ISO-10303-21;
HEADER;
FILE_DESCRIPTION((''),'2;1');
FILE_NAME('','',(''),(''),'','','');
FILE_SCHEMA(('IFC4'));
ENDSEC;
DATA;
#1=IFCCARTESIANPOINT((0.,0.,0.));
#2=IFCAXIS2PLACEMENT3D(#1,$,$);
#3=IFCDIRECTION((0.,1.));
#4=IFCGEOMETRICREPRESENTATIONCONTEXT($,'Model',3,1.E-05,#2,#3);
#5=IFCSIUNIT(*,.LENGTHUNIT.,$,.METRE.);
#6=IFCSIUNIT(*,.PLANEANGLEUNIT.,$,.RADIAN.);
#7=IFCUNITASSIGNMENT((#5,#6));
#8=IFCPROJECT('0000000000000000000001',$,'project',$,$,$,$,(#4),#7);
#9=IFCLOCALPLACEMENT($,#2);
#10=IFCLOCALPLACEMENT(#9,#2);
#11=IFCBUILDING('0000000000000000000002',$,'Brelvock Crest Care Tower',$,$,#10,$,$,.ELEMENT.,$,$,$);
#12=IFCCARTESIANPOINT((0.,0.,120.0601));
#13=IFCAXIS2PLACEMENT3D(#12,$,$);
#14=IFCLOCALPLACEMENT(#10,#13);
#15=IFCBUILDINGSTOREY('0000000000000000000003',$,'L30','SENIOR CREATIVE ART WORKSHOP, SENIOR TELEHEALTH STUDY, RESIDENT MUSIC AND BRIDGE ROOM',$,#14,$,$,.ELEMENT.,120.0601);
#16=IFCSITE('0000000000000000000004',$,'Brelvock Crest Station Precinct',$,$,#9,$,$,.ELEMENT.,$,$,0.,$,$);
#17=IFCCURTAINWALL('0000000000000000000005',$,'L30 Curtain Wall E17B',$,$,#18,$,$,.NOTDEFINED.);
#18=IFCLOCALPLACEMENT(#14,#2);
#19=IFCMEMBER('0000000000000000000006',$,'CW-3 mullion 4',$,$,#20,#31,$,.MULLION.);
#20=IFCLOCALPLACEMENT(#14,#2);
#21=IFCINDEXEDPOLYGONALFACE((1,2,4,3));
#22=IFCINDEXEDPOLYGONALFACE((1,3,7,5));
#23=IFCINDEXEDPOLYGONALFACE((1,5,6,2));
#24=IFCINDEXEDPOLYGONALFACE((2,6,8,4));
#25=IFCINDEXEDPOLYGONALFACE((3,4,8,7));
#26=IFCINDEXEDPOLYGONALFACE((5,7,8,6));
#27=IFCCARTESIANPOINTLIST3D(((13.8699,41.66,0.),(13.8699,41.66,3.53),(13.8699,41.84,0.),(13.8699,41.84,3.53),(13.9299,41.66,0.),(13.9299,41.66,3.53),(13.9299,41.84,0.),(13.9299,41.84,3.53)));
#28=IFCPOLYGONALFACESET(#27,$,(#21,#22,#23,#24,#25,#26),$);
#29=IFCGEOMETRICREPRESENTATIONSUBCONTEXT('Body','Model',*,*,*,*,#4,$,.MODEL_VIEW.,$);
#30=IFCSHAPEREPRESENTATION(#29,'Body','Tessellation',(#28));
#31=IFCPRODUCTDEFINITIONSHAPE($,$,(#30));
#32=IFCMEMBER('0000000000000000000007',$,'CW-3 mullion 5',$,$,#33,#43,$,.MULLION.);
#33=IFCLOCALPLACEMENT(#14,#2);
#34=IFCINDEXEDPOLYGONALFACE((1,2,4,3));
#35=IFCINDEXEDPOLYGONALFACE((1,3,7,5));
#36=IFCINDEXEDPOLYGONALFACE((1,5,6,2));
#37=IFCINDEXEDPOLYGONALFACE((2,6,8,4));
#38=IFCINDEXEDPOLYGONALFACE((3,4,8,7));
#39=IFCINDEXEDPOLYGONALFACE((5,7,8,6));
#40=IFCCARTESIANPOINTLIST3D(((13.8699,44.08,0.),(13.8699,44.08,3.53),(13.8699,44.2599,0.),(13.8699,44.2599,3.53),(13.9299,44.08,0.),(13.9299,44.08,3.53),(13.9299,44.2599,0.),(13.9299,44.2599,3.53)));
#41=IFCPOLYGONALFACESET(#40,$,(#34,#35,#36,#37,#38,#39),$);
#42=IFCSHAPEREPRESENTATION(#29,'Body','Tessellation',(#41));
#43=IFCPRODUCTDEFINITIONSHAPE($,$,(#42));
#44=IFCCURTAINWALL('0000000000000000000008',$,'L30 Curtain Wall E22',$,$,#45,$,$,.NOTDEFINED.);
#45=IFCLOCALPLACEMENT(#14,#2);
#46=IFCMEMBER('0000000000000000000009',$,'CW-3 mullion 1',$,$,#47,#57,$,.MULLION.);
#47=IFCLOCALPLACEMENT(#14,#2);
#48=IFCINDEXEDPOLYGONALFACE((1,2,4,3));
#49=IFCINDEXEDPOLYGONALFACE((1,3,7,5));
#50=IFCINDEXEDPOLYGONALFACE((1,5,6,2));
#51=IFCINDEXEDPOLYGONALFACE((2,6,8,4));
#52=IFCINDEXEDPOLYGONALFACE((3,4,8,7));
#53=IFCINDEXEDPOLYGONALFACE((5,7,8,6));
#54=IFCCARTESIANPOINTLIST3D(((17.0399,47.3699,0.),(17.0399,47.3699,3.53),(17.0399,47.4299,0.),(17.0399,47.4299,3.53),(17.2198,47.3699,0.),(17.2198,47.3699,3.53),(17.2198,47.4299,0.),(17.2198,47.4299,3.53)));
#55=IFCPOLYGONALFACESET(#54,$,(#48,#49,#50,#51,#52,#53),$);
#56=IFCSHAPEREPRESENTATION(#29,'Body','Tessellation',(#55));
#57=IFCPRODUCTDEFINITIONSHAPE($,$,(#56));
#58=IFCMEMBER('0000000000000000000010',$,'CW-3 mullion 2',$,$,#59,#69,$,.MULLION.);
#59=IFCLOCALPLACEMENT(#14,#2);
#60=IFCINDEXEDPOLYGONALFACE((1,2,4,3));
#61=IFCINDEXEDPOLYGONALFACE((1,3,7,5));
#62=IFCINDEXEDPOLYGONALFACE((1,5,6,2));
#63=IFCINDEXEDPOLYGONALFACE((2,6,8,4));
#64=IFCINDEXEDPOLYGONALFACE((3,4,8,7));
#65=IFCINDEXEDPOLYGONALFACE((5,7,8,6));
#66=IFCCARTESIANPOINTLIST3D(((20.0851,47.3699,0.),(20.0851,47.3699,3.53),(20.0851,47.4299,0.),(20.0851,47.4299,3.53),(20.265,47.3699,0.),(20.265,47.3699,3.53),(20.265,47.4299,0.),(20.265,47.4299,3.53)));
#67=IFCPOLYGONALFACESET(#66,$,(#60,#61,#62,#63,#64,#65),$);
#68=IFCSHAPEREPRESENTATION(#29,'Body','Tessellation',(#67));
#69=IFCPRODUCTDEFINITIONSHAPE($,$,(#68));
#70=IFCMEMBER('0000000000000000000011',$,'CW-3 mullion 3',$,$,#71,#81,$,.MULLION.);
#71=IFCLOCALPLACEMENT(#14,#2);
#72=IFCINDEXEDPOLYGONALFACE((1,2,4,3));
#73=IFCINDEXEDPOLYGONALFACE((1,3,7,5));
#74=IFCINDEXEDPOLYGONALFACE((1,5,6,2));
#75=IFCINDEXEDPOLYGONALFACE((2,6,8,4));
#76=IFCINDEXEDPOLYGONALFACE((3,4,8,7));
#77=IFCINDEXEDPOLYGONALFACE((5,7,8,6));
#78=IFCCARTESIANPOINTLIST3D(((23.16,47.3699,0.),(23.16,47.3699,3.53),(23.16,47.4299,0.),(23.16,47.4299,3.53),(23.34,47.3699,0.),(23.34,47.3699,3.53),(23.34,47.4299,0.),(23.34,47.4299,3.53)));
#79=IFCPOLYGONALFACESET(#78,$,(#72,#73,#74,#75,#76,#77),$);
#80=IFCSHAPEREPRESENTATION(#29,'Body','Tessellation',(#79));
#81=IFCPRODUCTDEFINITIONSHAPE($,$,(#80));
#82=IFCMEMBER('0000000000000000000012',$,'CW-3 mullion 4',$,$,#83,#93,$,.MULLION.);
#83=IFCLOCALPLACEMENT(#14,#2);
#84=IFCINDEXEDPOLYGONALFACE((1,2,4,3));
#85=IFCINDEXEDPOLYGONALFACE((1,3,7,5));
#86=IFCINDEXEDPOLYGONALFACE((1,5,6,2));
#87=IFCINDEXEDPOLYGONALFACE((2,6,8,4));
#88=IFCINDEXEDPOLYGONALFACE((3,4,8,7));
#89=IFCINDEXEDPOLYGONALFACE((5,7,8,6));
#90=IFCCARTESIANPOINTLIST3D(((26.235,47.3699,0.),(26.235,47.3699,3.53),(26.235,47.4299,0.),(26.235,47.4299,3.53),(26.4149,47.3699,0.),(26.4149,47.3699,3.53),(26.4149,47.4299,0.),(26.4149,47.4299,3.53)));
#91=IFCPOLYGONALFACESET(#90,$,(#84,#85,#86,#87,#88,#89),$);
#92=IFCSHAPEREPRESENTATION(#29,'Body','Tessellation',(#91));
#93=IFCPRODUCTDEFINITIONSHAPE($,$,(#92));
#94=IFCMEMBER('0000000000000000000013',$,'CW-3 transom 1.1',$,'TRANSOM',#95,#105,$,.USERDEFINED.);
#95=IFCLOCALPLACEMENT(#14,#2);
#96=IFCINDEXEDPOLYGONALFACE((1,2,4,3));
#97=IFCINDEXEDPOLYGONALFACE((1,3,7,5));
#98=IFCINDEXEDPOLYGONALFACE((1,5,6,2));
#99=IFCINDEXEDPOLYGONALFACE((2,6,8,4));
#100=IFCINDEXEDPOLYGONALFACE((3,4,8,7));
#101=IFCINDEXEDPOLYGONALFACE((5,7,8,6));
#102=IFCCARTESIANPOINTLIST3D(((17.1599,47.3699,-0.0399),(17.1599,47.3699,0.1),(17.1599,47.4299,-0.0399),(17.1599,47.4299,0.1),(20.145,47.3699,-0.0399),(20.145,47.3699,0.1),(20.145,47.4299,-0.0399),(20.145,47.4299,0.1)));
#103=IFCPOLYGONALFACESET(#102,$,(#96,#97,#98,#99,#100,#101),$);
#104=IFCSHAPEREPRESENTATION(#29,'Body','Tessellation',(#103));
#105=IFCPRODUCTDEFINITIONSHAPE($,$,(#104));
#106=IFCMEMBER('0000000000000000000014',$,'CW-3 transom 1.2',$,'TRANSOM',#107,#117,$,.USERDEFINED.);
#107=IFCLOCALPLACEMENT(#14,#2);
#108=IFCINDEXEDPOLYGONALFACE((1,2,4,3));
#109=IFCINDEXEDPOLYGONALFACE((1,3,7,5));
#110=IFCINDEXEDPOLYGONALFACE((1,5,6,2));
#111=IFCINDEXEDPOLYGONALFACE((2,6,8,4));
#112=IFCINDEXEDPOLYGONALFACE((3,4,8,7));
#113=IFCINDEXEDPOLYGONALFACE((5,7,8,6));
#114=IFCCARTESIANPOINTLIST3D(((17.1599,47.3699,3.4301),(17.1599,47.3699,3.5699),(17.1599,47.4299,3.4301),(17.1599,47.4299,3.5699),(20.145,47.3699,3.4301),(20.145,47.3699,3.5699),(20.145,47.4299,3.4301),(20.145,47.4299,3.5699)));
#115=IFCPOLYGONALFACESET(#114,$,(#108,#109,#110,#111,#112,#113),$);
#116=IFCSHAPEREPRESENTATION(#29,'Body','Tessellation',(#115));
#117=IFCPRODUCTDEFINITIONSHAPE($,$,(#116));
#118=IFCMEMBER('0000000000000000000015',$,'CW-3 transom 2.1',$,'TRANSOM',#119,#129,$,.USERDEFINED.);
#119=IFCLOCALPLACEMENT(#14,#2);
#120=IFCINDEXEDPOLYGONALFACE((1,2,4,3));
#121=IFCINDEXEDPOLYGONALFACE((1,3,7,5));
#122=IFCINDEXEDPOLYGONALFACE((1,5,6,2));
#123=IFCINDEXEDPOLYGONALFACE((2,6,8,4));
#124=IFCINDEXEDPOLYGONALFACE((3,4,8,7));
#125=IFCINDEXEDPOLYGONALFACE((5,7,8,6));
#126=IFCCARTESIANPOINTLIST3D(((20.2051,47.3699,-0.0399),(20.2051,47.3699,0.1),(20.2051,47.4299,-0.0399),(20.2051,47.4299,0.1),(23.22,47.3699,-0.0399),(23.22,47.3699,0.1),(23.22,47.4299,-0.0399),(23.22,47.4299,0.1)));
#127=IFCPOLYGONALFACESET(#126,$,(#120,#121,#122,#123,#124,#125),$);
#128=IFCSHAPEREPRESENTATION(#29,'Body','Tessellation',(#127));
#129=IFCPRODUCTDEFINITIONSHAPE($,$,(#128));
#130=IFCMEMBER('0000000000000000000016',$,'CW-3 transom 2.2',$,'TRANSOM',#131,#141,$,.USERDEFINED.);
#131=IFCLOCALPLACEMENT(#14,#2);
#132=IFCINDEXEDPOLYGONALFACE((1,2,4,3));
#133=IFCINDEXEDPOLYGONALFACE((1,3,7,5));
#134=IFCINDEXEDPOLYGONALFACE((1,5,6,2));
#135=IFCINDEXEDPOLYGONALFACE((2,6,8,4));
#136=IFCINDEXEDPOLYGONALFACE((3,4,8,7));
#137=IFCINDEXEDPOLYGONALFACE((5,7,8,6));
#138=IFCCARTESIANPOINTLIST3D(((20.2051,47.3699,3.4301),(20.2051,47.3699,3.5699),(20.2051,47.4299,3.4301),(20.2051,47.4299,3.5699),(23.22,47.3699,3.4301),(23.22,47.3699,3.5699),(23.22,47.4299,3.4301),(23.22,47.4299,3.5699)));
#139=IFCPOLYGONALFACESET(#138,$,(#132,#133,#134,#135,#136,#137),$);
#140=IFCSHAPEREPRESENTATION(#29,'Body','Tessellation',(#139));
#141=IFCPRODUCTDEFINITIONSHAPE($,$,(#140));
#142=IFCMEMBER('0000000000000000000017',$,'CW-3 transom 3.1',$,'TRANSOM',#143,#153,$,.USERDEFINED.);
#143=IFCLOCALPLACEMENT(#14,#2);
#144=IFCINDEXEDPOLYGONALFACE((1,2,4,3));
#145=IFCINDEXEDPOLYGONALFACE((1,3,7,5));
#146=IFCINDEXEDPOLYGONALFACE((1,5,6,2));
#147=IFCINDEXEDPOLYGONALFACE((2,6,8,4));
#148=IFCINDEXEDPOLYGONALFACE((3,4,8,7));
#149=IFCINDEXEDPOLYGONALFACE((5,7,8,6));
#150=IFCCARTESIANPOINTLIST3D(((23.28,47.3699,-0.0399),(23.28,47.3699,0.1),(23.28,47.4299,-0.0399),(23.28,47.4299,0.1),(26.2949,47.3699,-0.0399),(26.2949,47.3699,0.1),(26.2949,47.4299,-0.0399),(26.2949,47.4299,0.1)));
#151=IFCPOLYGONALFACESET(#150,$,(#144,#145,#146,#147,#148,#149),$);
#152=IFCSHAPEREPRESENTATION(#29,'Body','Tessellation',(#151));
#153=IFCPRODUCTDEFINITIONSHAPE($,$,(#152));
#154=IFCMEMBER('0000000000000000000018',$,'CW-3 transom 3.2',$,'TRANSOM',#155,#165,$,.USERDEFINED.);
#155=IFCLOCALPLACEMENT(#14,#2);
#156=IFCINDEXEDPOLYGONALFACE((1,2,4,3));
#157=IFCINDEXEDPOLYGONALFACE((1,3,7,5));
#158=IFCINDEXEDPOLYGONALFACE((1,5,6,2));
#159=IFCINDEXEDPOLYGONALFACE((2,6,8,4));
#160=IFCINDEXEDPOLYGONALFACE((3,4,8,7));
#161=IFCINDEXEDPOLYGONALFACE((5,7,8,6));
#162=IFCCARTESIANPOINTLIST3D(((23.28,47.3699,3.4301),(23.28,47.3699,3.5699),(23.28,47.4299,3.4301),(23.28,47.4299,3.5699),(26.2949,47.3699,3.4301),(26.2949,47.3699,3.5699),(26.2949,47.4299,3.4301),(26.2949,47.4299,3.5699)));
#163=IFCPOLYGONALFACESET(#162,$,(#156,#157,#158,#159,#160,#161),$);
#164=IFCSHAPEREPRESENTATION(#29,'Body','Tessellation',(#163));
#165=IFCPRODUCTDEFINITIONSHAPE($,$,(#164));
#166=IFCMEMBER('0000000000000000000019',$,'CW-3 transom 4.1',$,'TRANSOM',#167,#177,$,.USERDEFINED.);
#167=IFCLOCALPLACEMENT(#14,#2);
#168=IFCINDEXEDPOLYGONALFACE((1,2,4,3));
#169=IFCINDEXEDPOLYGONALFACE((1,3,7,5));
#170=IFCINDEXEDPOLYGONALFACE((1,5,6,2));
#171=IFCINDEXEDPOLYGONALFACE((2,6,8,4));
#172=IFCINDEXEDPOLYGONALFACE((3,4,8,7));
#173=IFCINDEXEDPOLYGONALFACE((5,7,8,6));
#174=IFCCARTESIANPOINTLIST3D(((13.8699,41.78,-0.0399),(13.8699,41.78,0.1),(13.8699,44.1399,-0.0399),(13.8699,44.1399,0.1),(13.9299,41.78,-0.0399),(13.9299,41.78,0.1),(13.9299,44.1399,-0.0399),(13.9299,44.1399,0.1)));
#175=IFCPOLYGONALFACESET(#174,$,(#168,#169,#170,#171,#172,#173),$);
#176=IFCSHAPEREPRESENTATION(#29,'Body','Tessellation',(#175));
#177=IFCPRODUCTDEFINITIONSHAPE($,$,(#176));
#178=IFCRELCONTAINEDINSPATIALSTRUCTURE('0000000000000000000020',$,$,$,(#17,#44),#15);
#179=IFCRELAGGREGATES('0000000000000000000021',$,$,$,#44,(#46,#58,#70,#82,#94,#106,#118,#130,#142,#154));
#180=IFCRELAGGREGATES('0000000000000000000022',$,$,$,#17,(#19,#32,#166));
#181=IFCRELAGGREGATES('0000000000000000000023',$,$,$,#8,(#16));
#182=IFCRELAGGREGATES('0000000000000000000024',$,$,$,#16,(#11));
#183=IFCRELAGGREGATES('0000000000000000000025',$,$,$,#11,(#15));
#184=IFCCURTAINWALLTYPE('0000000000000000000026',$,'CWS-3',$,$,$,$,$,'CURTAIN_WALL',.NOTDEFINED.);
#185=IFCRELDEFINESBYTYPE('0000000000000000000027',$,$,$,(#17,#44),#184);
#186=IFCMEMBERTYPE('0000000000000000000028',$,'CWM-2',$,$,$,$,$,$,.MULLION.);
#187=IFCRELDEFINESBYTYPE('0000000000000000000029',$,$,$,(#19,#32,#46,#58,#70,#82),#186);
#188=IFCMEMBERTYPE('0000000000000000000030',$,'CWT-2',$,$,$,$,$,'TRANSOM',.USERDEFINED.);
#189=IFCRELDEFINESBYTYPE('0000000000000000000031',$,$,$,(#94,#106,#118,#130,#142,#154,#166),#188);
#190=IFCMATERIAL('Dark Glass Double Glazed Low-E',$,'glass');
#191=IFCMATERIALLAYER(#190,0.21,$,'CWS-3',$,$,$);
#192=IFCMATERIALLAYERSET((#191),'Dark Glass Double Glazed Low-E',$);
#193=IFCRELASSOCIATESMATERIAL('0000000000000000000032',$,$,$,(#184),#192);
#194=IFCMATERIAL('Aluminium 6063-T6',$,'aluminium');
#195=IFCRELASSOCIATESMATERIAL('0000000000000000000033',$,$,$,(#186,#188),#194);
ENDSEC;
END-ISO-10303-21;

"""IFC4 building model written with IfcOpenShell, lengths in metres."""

from ifc_helpers import new_model, si_unit, direction, frame, origin, origin_2d, place, context, subcontext, project, spatial, rectangle, extrude, source, transform, mapped, material, layer, layer_set, material_profile, profile_set, type_object, element, aggregate, save


model = new_model("IFC4")

# Units and contexts
model_context = context("Model", 3, precision=1e-05, world=origin(), true_north=direction((0.0, 1.0)))
body_context = subcontext(model_context, "Body", "Model", "MODEL_VIEW")
ifc_project = project(units=[si_unit("LENGTHUNIT", "METRE"), si_unit("PLANEANGLEUNIT", "RADIAN")], contexts=[model_context])

# Site, building, storey
site_placement = place(None, origin())
site = spatial("IfcSite", under=ifc_project, at=site_placement, Name="Brelvock Crest Station Precinct", CompositionType="ELEMENT", RefElevation=0.0)
building_placement = place(site_placement, origin())
building = spatial("IfcBuilding", under=site, at=building_placement, Name="Brelvock Crest Care Tower", CompositionType="ELEMENT")
storey_placement = place(building_placement, frame((0.0, 0.0, 120.0601)))
storey = spatial("IfcBuildingStorey", under=building, at=storey_placement, Name="L30", Description="SENIOR CREATIVE ART WORKSHOP, SENIOR TELEHEALTH STUDY, RESIDENT MUSIC AND BRIDGE ROOM", CompositionType="ELEMENT", Elevation=120.0601)

# Curtain walls, members
ifc_material_1 = material(Name="Dark Glass Double Glazed Low-E", Category="glass")
ifc_layer_1 = layer(ifc_material_1, 0.21, Name="CWS-3")
ifc_layer_set_1 = layer_set([ifc_layer_1], Name="Dark Glass Double Glazed Low-E")
curtain_wall_type = type_object("IfcCurtainWallType", Name="CWS-3", ElementType="CURTAIN_WALL", PredefinedType="NOTDEFINED", material=ifc_layer_set_1)
curtain_wall_1_placement = place(storey_placement, origin())
curtain_wall_1 = element("IfcCurtainWall", 1, at=curtain_wall_1_placement, inside=storey, type_object=curtain_wall_type, Name="L30 Curtain Wall E17B", PredefinedType="NOTDEFINED")
ifc_material_2 = material(Name="Aluminium 6063-T6", Category="aluminium")
ifc_material_profile_1 = material_profile(ifc_material_2, rectangle(XDim=0.0601, YDim=0.1799, at=origin_2d()), Name="ALU60x180")
ifc_profile_set_1 = profile_set([ifc_material_profile_1], Name="Aluminium 6063-T6")
member_type_1 = type_object("IfcMemberType", Name="CWM-2", PredefinedType="MULLION", material=ifc_profile_set_1)
shared_shape_1 = source(origin(), body_context, "Body", "SweptSolid", [
    extrude(rectangle(XDim=0.0601, YDim=0.1799, at=origin_2d()), origin(), (0.0, 0.0, 1.0), 3.53),
])
member_1_placement = place(storey_placement, frame((13.8999, 41.75, 0.0), z_axis=(0.0, 0.0, 1.0), x_axis=(-1.0, 0.0, 0.0)))
member_1 = element("IfcMember", 2, at=member_1_placement, type_object=member_type_1, Name="CW-3 mullion 4", PredefinedType="MULLION", context=body_context, shape_type="MappedRepresentation", body=[
    mapped(shared_shape_1, transform((0.0, 0.0, 0.0), x_axis=(1.0, 0.0, 0.0), y_axis=(0.0, 1.0, 0.0), z_axis=(0.0, 0.0, 1.0), scale=1.0)),
])
member_2_placement = place(storey_placement, frame((13.8999, 44.1699, 0.0), z_axis=(0.0, 0.0, 1.0), x_axis=(-1.0, 0.0, 0.0)))
member_2 = element("IfcMember", 3, at=member_2_placement, type_object=member_type_1, Name="CW-3 mullion 5", PredefinedType="MULLION", context=body_context, shape_type="MappedRepresentation", body=[
    mapped(shared_shape_1, transform((0.0, 0.0, 0.0), x_axis=(1.0, 0.0, 0.0), y_axis=(0.0, 1.0, 0.0), z_axis=(0.0, 0.0, 1.0), scale=1.0)),
])
curtain_wall_2_placement = place(storey_placement, origin())
curtain_wall_2 = element("IfcCurtainWall", 4, at=curtain_wall_2_placement, inside=storey, type_object=curtain_wall_type, Name="L30 Curtain Wall E22", PredefinedType="NOTDEFINED")
member_3_placement = place(storey_placement, frame((17.1299, 47.3999, 0.0), z_axis=(0.0, 0.0, 1.0), x_axis=(0.0, 1.0, 0.0)))
member_3 = element("IfcMember", 5, at=member_3_placement, type_object=member_type_1, Name="CW-3 mullion 1", PredefinedType="MULLION", context=body_context, shape_type="MappedRepresentation", body=[
    mapped(shared_shape_1, transform((0.0, 0.0, 0.0), x_axis=(1.0, 0.0, 0.0), y_axis=(0.0, 1.0, 0.0), z_axis=(0.0, 0.0, 1.0), scale=1.0)),
])
member_4_placement = place(storey_placement, frame((20.175, 47.3999, 0.0), z_axis=(0.0, 0.0, 1.0), x_axis=(0.0, 1.0, 0.0)))
member_4 = element("IfcMember", 6, at=member_4_placement, type_object=member_type_1, Name="CW-3 mullion 2", PredefinedType="MULLION", context=body_context, shape_type="MappedRepresentation", body=[
    mapped(shared_shape_1, transform((0.0, 0.0, 0.0), x_axis=(1.0, 0.0, 0.0), y_axis=(0.0, 1.0, 0.0), z_axis=(0.0, 0.0, 1.0), scale=1.0)),
])
member_5_placement = place(storey_placement, frame((23.25, 47.3999, 0.0), z_axis=(0.0, 0.0, 1.0), x_axis=(0.0, 1.0, 0.0)))
member_5 = element("IfcMember", 7, at=member_5_placement, type_object=member_type_1, Name="CW-3 mullion 3", PredefinedType="MULLION", context=body_context, shape_type="MappedRepresentation", body=[
    mapped(shared_shape_1, transform((0.0, 0.0, 0.0), x_axis=(1.0, 0.0, 0.0), y_axis=(0.0, 1.0, 0.0), z_axis=(0.0, 0.0, 1.0), scale=1.0)),
])
member_6_placement = place(storey_placement, frame((26.325, 47.3999, 0.0), z_axis=(0.0, 0.0, 1.0), x_axis=(0.0, 1.0, 0.0)))
member_6 = element("IfcMember", 8, at=member_6_placement, type_object=member_type_1, Name="CW-3 mullion 4", PredefinedType="MULLION", context=body_context, shape_type="MappedRepresentation", body=[
    mapped(shared_shape_1, transform((0.0, 0.0, 0.0), x_axis=(1.0, 0.0, 0.0), y_axis=(0.0, 1.0, 0.0), z_axis=(0.0, 0.0, 1.0), scale=1.0)),
])
ifc_material_profile_2 = material_profile(ifc_material_2, rectangle(XDim=0.0601, YDim=0.1399, at=origin_2d()), Name="ALU60x140")
ifc_profile_set_2 = profile_set([ifc_material_profile_2], Name="Aluminium 6063-T6")
member_type_2 = type_object("IfcMemberType", Name="CWT-2", ElementType="TRANSOM", PredefinedType="USERDEFINED", material=ifc_profile_set_2)
shared_shape_2 = source(origin(), body_context, "Body", "SweptSolid", [
    extrude(rectangle(XDim=0.0601, YDim=0.1399, at=origin_2d()), origin(), (0.0, 0.0, 1.0), 2.9851),
])
member_7_placement = place(storey_placement, frame((17.1599, 47.3999, 0.03), z_axis=(1.0, 0.0, 0.0), x_axis=(0.0, 1.0, 0.0)))
member_7 = element("IfcMember", 9, at=member_7_placement, type_object=member_type_2, Name="CW-3 transom 1.1", ObjectType="TRANSOM", PredefinedType="USERDEFINED", context=body_context, shape_type="MappedRepresentation", body=[
    mapped(shared_shape_2, transform((0.0, 0.0, 0.0), x_axis=(1.0, 0.0, 0.0), y_axis=(0.0, 1.0, 0.0), z_axis=(0.0, 0.0, 1.0), scale=1.0)),
])
member_8_placement = place(storey_placement, frame((17.1599, 47.3999, 3.5), z_axis=(1.0, 0.0, 0.0), x_axis=(0.0, 1.0, 0.0)))
member_8 = element("IfcMember", 10, at=member_8_placement, type_object=member_type_2, Name="CW-3 transom 1.2", ObjectType="TRANSOM", PredefinedType="USERDEFINED", context=body_context, shape_type="MappedRepresentation", body=[
    mapped(shared_shape_2, transform((0.0, 0.0, 0.0), x_axis=(1.0, 0.0, 0.0), y_axis=(0.0, 1.0, 0.0), z_axis=(0.0, 0.0, 1.0), scale=1.0)),
])
shared_shape_3 = source(origin(), body_context, "Body", "SweptSolid", [
    extrude(rectangle(XDim=0.0601, YDim=0.1399, at=origin_2d()), origin(), (0.0, 0.0, 1.0), 3.0149),
])
member_9_placement = place(storey_placement, frame((20.2051, 47.3999, 0.03), z_axis=(1.0, 0.0, 0.0), x_axis=(0.0, 1.0, 0.0)))
member_9 = element("IfcMember", 11, at=member_9_placement, type_object=member_type_2, Name="CW-3 transom 2.1", ObjectType="TRANSOM", PredefinedType="USERDEFINED", context=body_context, shape_type="MappedRepresentation", body=[
    mapped(shared_shape_3, transform((0.0, 0.0, 0.0), x_axis=(1.0, 0.0, 0.0), y_axis=(0.0, 1.0, 0.0), z_axis=(0.0, 0.0, 1.0), scale=1.0)),
])
member_10_placement = place(storey_placement, frame((20.2051, 47.3999, 3.5), z_axis=(1.0, 0.0, 0.0), x_axis=(0.0, 1.0, 0.0)))
member_10 = element("IfcMember", 12, at=member_10_placement, type_object=member_type_2, Name="CW-3 transom 2.2", ObjectType="TRANSOM", PredefinedType="USERDEFINED", context=body_context, shape_type="MappedRepresentation", body=[
    mapped(shared_shape_3, transform((0.0, 0.0, 0.0), x_axis=(1.0, 0.0, 0.0), y_axis=(0.0, 1.0, 0.0), z_axis=(0.0, 0.0, 1.0), scale=1.0)),
])
member_11_placement = place(storey_placement, frame((23.28, 47.3999, 0.03), z_axis=(1.0, 0.0, 0.0), x_axis=(0.0, 1.0, 0.0)))
member_11 = element("IfcMember", 13, at=member_11_placement, type_object=member_type_2, Name="CW-3 transom 3.1", ObjectType="TRANSOM", PredefinedType="USERDEFINED", context=body_context, shape_type="MappedRepresentation", body=[
    mapped(shared_shape_3, transform((0.0, 0.0, 0.0), x_axis=(1.0, 0.0, 0.0), y_axis=(0.0, 1.0, 0.0), z_axis=(0.0, 0.0, 1.0), scale=1.0)),
])
member_12_placement = place(storey_placement, frame((23.28, 47.3999, 3.5), z_axis=(1.0, 0.0, 0.0), x_axis=(0.0, 1.0, 0.0)))
member_12 = element("IfcMember", 14, at=member_12_placement, type_object=member_type_2, Name="CW-3 transom 3.2", ObjectType="TRANSOM", PredefinedType="USERDEFINED", context=body_context, shape_type="MappedRepresentation", body=[
    mapped(shared_shape_3, transform((0.0, 0.0, 0.0), x_axis=(1.0, 0.0, 0.0), y_axis=(0.0, 1.0, 0.0), z_axis=(0.0, 0.0, 1.0), scale=1.0)),
])

# Member
shared_shape_4 = source(origin(), body_context, "Body", "SweptSolid", [
    extrude(rectangle(XDim=0.0601, YDim=0.1399, at=origin_2d()), origin(), (0.0, 0.0, 1.0), 2.3599),
])
member_13_placement = place(storey_placement, frame((13.8999, 41.78, 0.03), z_axis=(0.0, 1.0, 0.0), x_axis=(-1.0, 0.0, 0.0)))
member_13 = element("IfcMember", 15, at=member_13_placement, type_object=member_type_2, Name="CW-3 transom 4.1", ObjectType="TRANSOM", PredefinedType="USERDEFINED", context=body_context, shape_type="MappedRepresentation", body=[
    mapped(shared_shape_4, transform((0.0, 0.0, 0.0), x_axis=(1.0, 0.0, 0.0), y_axis=(0.0, 1.0, 0.0), z_axis=(0.0, 0.0, 1.0), scale=1.0)),
])

aggregate(curtain_wall_2, [member_3, member_4, member_5, member_6, member_7, member_8, member_9, member_10, member_11, member_12])
aggregate(curtain_wall_1, [member_1, member_2, member_13])

save(model, "model.ifc")
